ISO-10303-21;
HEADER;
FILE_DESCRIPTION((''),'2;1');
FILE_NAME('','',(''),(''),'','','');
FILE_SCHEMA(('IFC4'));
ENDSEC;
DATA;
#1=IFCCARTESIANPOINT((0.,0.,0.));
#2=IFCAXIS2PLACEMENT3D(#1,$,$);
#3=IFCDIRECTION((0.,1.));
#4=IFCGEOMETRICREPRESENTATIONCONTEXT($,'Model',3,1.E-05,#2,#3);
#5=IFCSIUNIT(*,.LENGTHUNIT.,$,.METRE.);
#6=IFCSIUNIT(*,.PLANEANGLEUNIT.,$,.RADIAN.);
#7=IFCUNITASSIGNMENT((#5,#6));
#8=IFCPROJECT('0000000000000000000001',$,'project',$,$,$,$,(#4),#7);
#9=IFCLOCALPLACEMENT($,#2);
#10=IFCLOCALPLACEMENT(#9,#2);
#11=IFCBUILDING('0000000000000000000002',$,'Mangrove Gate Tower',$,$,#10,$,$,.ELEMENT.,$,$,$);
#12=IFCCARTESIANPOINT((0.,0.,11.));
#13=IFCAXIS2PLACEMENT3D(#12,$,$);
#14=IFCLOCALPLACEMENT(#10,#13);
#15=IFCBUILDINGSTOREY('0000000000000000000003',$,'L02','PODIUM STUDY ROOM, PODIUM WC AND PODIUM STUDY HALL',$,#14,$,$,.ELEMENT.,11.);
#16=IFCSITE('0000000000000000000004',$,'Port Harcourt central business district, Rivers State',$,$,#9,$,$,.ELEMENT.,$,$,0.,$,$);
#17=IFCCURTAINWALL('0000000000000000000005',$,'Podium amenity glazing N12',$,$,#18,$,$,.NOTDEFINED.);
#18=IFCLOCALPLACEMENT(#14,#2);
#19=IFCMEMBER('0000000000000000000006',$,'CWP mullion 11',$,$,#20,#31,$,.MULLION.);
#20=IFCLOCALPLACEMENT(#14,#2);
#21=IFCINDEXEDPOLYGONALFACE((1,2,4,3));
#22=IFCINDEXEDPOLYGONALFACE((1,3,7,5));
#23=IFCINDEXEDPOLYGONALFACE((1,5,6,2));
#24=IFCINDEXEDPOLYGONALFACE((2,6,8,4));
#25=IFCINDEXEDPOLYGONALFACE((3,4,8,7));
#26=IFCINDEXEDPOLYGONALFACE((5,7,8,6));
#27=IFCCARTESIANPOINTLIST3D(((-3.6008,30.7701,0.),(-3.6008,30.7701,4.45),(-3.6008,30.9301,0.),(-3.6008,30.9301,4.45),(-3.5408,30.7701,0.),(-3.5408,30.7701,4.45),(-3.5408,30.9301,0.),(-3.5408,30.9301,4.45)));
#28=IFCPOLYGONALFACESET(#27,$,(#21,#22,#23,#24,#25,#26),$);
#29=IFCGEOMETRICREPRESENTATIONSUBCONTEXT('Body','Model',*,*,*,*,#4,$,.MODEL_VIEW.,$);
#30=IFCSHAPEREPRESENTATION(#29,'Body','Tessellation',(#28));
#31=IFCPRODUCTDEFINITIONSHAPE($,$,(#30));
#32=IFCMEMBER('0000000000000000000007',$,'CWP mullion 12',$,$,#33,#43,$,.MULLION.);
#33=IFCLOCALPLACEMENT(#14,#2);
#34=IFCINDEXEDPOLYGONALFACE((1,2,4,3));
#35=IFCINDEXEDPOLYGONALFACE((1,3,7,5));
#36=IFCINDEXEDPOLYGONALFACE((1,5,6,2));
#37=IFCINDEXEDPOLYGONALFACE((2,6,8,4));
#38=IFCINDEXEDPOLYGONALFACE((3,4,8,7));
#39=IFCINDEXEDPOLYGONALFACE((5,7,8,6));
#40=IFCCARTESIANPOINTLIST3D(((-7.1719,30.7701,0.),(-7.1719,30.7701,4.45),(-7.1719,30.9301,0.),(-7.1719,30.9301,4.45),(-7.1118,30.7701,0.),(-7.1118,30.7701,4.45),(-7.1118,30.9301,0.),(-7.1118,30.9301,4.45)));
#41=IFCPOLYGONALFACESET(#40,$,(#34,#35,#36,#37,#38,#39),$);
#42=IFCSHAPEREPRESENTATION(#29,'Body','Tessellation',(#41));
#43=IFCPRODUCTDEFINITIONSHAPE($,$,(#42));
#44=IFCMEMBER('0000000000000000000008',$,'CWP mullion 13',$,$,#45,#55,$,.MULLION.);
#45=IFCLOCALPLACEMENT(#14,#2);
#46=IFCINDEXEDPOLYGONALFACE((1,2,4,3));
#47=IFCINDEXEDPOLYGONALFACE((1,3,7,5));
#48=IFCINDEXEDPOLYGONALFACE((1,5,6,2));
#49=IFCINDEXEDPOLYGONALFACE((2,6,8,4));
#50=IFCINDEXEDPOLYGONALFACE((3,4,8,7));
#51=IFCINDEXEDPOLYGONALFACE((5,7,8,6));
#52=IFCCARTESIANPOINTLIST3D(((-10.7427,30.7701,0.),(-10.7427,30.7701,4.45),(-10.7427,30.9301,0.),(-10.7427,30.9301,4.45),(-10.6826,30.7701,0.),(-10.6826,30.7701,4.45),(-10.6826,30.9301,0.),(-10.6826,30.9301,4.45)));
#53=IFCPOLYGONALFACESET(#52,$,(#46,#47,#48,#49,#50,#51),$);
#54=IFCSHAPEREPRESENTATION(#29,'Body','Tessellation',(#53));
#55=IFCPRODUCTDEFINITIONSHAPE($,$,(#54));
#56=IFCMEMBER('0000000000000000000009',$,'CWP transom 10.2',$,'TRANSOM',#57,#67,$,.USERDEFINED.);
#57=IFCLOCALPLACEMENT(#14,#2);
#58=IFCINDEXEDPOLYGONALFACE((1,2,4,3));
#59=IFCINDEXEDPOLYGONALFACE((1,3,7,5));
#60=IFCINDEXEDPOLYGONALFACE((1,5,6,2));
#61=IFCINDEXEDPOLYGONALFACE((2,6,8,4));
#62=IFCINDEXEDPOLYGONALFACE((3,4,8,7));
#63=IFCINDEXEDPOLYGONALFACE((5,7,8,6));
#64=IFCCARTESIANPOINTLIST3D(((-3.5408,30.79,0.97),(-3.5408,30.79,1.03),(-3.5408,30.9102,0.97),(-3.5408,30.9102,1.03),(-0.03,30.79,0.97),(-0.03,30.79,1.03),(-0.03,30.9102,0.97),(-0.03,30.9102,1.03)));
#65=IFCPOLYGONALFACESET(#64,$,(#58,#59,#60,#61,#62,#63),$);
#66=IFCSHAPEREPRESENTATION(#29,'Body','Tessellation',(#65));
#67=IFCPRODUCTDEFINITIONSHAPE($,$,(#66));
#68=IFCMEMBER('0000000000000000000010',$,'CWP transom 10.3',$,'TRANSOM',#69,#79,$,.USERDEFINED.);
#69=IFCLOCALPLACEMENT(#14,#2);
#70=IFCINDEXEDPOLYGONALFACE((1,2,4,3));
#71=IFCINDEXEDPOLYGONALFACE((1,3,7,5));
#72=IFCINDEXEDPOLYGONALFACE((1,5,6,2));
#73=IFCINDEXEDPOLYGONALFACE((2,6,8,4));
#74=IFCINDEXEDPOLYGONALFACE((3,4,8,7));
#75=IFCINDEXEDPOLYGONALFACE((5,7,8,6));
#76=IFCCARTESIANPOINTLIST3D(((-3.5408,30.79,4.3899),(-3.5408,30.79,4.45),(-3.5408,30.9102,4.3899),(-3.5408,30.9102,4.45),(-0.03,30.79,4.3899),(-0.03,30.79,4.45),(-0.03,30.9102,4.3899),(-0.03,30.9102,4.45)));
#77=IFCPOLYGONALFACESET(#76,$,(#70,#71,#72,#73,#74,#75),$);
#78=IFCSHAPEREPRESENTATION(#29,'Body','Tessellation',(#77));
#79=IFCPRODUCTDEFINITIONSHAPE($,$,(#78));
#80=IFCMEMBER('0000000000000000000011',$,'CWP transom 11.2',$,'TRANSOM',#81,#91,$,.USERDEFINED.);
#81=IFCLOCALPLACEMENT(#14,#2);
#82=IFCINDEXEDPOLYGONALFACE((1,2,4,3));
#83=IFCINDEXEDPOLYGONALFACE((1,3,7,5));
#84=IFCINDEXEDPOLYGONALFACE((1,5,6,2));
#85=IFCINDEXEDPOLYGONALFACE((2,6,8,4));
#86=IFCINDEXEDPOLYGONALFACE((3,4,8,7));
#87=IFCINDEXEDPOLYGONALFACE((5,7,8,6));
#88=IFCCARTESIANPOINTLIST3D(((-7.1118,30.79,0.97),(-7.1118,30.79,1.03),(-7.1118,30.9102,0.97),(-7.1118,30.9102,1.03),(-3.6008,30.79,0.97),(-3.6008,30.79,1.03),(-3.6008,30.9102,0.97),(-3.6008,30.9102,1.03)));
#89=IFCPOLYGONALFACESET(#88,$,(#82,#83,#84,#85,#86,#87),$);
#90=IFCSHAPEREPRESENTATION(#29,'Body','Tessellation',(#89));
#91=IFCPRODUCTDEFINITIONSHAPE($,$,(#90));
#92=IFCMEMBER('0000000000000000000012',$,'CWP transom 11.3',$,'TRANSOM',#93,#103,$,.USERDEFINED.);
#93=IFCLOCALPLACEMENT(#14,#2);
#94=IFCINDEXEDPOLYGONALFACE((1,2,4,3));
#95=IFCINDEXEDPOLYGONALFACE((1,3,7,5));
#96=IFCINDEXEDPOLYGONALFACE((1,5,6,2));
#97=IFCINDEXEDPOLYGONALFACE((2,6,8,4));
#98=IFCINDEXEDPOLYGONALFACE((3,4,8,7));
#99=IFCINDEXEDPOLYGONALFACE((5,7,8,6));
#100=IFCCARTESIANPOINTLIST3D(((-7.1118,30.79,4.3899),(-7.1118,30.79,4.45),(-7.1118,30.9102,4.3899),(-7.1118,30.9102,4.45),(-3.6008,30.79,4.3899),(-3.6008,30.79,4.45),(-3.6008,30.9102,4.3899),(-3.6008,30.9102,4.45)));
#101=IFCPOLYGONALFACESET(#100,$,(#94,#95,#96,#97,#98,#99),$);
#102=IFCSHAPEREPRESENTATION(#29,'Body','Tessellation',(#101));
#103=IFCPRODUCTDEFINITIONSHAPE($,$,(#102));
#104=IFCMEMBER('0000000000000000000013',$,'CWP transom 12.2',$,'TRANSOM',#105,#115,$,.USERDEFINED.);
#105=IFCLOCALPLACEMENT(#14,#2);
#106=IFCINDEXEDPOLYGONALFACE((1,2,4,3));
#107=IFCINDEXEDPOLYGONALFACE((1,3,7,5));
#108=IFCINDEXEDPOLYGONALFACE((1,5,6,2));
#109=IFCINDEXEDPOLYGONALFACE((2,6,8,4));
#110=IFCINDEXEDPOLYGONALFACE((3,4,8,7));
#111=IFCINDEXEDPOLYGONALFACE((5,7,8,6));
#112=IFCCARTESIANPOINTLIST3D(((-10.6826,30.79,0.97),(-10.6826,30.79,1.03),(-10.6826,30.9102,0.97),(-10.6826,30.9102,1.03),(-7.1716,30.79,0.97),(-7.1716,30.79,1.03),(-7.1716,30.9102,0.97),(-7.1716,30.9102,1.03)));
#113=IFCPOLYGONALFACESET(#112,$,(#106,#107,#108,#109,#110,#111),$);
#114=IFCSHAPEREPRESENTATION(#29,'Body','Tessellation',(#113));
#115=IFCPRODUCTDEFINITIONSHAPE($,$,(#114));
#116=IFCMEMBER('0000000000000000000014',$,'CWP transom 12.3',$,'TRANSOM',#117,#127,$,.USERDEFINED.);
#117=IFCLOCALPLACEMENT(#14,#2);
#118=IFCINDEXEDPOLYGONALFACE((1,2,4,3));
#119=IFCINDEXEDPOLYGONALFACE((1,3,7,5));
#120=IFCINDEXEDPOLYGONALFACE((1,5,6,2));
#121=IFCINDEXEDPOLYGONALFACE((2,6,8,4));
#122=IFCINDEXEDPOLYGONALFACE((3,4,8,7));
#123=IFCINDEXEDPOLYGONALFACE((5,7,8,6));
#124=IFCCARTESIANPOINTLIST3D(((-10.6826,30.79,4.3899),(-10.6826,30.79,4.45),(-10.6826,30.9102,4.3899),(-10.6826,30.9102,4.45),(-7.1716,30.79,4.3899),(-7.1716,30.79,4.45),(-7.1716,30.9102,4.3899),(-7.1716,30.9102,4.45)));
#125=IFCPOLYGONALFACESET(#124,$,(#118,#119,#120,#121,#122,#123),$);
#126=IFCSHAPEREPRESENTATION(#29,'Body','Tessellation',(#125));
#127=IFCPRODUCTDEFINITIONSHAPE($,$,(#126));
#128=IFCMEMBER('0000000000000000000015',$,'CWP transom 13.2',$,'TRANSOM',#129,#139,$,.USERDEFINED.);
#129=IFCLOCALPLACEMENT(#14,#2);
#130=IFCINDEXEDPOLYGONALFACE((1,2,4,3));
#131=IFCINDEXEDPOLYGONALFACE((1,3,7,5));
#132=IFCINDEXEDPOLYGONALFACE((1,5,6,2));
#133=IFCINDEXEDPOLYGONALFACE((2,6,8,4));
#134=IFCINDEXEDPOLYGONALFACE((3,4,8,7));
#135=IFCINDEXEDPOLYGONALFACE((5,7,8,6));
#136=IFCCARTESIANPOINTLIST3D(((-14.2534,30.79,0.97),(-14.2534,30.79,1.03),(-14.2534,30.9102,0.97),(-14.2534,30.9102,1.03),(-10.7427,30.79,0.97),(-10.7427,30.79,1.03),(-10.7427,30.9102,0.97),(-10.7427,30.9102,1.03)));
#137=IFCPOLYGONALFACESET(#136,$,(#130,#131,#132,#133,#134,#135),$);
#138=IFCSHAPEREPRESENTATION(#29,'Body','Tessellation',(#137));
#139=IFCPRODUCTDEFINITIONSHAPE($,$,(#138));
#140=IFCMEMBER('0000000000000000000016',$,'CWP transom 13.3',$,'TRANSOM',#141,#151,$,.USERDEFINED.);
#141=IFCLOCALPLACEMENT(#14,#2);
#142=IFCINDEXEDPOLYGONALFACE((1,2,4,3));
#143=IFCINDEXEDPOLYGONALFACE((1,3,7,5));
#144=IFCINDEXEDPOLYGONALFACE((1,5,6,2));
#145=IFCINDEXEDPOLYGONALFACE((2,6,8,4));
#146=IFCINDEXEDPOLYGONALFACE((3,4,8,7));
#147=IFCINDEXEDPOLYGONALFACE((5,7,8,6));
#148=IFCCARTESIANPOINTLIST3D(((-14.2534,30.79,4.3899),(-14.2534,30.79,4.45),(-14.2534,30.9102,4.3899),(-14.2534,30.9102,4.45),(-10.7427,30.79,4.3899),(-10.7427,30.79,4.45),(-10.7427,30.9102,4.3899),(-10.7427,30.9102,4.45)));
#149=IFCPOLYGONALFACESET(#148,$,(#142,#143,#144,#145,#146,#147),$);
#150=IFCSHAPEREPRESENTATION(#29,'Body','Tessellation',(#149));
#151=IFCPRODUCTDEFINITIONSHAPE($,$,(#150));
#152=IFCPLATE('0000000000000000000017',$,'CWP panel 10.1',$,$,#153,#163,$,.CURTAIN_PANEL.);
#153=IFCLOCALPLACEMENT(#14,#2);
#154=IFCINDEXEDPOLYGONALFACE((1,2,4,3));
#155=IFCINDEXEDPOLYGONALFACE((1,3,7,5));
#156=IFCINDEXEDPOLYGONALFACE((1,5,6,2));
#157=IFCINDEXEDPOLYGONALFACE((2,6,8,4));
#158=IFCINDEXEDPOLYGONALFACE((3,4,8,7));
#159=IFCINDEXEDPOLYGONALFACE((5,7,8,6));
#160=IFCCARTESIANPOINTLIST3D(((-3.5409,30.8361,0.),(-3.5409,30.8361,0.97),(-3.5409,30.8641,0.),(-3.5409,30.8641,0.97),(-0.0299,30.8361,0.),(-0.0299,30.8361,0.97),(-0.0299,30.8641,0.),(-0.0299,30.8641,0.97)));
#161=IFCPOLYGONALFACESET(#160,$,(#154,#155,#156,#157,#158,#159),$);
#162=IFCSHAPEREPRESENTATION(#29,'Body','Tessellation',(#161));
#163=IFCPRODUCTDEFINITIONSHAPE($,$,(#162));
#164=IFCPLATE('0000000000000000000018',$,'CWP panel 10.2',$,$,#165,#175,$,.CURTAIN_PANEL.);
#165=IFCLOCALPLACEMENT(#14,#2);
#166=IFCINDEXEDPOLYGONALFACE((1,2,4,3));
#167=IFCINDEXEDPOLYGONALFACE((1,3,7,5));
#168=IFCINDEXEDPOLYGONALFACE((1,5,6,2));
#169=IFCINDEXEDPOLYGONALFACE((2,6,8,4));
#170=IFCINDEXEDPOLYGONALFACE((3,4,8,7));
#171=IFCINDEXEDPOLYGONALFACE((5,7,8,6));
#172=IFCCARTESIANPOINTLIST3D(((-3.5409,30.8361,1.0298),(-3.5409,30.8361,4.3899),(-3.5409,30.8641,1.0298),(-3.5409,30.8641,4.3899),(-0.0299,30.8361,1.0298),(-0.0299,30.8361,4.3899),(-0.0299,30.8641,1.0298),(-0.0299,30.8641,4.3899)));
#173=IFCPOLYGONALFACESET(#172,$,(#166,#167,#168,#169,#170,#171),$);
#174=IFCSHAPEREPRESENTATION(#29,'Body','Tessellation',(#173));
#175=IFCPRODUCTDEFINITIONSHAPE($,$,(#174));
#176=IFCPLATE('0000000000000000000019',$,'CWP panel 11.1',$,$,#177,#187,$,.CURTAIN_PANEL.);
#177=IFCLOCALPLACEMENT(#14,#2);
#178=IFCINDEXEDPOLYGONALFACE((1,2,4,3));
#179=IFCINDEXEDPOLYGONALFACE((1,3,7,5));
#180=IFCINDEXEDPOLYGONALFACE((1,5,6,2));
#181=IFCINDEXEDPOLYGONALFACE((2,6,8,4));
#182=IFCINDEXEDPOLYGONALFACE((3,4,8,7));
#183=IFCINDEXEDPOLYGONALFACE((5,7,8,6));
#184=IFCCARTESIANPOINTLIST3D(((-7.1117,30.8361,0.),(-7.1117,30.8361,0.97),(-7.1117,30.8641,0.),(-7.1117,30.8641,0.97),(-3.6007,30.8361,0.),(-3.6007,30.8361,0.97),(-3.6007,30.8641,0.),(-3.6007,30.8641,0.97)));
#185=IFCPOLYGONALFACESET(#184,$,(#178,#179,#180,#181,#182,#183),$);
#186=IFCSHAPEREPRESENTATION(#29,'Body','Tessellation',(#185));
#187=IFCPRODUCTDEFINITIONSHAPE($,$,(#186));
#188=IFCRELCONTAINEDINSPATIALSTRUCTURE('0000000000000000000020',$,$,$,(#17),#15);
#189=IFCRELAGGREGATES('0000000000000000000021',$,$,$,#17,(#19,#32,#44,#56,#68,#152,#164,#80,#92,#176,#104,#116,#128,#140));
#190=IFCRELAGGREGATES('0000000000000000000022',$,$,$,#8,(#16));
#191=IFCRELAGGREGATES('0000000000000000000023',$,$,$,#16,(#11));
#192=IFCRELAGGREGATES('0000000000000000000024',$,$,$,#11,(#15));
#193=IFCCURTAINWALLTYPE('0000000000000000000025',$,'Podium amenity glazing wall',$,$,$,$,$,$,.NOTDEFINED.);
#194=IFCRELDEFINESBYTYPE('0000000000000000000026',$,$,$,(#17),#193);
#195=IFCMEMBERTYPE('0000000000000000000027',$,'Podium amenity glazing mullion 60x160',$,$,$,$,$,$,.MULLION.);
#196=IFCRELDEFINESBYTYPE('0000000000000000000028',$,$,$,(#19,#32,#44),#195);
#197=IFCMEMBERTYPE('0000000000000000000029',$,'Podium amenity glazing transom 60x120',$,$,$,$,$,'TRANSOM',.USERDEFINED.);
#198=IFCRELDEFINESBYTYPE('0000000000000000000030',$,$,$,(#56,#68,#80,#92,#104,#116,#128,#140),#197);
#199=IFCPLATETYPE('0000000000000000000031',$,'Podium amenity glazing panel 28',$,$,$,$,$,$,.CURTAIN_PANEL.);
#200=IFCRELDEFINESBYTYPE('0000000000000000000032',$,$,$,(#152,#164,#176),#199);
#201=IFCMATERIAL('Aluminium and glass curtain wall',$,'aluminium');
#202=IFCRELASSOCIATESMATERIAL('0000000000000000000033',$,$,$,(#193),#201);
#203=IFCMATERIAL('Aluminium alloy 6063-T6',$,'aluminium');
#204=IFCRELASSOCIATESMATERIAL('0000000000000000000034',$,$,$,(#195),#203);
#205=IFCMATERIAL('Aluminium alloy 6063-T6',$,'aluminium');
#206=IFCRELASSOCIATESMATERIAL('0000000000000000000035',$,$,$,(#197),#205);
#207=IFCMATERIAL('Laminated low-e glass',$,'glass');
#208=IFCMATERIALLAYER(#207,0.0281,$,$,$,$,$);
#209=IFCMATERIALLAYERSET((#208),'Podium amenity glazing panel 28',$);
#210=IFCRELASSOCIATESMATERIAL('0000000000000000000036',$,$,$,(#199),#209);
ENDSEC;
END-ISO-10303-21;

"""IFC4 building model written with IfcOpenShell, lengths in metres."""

from ifc_helpers import new_model, si_unit, direction, frame, origin, origin_2d, place, context, subcontext, project, spatial, rectangle, extrude, material, layer, layer_set, material_profile, profile_set, type_object, element, aggregate, save


model = new_model("IFC4")

# Units and contexts
model_context = context("Model", 3, precision=1e-05, world=origin(), true_north=direction((0.0, 1.0)))
body_context = subcontext(model_context, "Body", "Model", "MODEL_VIEW")
ifc_project = project(units=[si_unit("LENGTHUNIT", "METRE"), si_unit("PLANEANGLEUNIT", "RADIAN")], contexts=[model_context])

# Site, building, storey
site_placement = place(None, origin())
site = spatial("IfcSite", under=ifc_project, at=site_placement, Name="Port Harcourt central business district, Rivers State", CompositionType="ELEMENT", RefElevation=0.0)
building_placement = place(site_placement, origin())
building = spatial("IfcBuilding", under=site, at=building_placement, Name="Mangrove Gate Tower", CompositionType="ELEMENT")
storey_placement = place(building_placement, frame((0.0, 0.0, 11.0)))
storey = spatial("IfcBuildingStorey", under=building, at=storey_placement, Name="L02", Description="PODIUM STUDY ROOM, PODIUM WC AND PODIUM STUDY HALL", CompositionType="ELEMENT", Elevation=11.0)

# Curtain wall, members, plates
ifc_material_1 = material(Name="Aluminium and glass curtain wall", Category="aluminium")
curtain_wall_type = type_object("IfcCurtainWallType", Name="Podium amenity glazing wall", PredefinedType="NOTDEFINED", material=ifc_material_1)
curtain_wall_placement = place(storey_placement, origin())
curtain_wall = element("IfcCurtainWall", 1, at=curtain_wall_placement, inside=storey, type_object=curtain_wall_type, Name="Podium amenity glazing N12", PredefinedType="NOTDEFINED")
ifc_material_2 = material(Name="Aluminium alloy 6063-T6", Category="aluminium")
ifc_material_profile_1 = material_profile(ifc_material_2, rectangle(XDim=0.0601, YDim=0.1599, at=origin_2d()))
ifc_profile_set_1 = profile_set([ifc_material_profile_1], Name="Aluminium alloy 6063-T6")
member_type_1 = type_object("IfcMemberType", Name="Podium amenity glazing mullion 60x160", PredefinedType="MULLION", material=ifc_profile_set_1)
member_1_placement = place(storey_placement, frame((-3.5708, 30.8501, 0.0), z_axis=(0.0, 0.0, 1.0), x_axis=(-1.0, 0.0, 0.0)))
member_1 = element("IfcMember", 2, at=member_1_placement, type_object=member_type_1, Name="CWP mullion 11", PredefinedType="MULLION", context=body_context, shape_type="SweptSolid", body=[
    extrude(rectangle(XDim=0.0601, YDim=0.1599, at=origin_2d()), origin(), (0.0, 0.0, 1.0), 4.45),
])
member_2_placement = place(storey_placement, frame((-7.1418, 30.8501, 0.0), z_axis=(0.0, 0.0, 1.0), x_axis=(-1.0, 0.0, 0.0)))
member_2 = element("IfcMember", 3, at=member_2_placement, type_object=member_type_1, Name="CWP mullion 12", PredefinedType="MULLION", context=body_context, shape_type="SweptSolid", body=[
    extrude(rectangle(XDim=0.0601, YDim=0.1599, at=origin_2d()), origin(), (0.0, 0.0, 1.0), 4.45),
])
member_3_placement = place(storey_placement, frame((-10.7126, 30.8501, 0.0), z_axis=(0.0, 0.0, 1.0), x_axis=(-1.0, 0.0, 0.0)))
member_3 = element("IfcMember", 4, at=member_3_placement, type_object=member_type_1, Name="CWP mullion 13", PredefinedType="MULLION", context=body_context, shape_type="SweptSolid", body=[
    extrude(rectangle(XDim=0.0601, YDim=0.1599, at=origin_2d()), origin(), (0.0, 0.0, 1.0), 4.45),
])
ifc_material_3 = material(Name="Aluminium alloy 6063-T6", Category="aluminium")
ifc_material_profile_2 = material_profile(ifc_material_3, rectangle(XDim=0.0601, YDim=0.1201, at=origin_2d()))
ifc_profile_set_2 = profile_set([ifc_material_profile_2], Name="Aluminium alloy 6063-T6")
member_type_2 = type_object("IfcMemberType", Name="Podium amenity glazing transom 60x120", ElementType="TRANSOM", PredefinedType="USERDEFINED", material=ifc_profile_set_2)
member_4_placement = place(storey_placement, frame((-0.03, 30.8501, 1.0), z_axis=(-1.0, 0.0, 0.0), x_axis=(0.0, 0.0, 1.0)))
member_4 = element("IfcMember", 5, at=member_4_placement, type_object=member_type_2, Name="CWP transom 10.2", ObjectType="TRANSOM", PredefinedType="USERDEFINED", context=body_context, shape_type="SweptSolid", body=[
    extrude(rectangle(XDim=0.0601, YDim=0.1201, at=origin_2d()), origin(), (0.0, 0.0, 1.0), 3.5107),
])
member_5_placement = place(storey_placement, frame((-0.03, 30.8501, 4.4199), z_axis=(-1.0, 0.0, 0.0), x_axis=(0.0, 0.0, 1.0)))
member_5 = element("IfcMember", 6, at=member_5_placement, type_object=member_type_2, Name="CWP transom 10.3", ObjectType="TRANSOM", PredefinedType="USERDEFINED", context=body_context, shape_type="SweptSolid", body=[
    extrude(rectangle(XDim=0.0601, YDim=0.1201, at=origin_2d()), origin(), (0.0, 0.0, 1.0), 3.5107),
])
member_6_placement = place(storey_placement, frame((-3.6008, 30.8501, 1.0), z_axis=(-1.0, 0.0, 0.0), x_axis=(0.0, 0.0, 1.0)))
member_6 = element("IfcMember", 7, at=member_6_placement, type_object=member_type_2, Name="CWP transom 11.2", ObjectType="TRANSOM", PredefinedType="USERDEFINED", context=body_context, shape_type="SweptSolid", body=[
    extrude(rectangle(XDim=0.0601, YDim=0.1201, at=origin_2d()), origin(), (0.0, 0.0, 1.0), 3.511),
])
member_7_placement = place(storey_placement, frame((-3.6008, 30.8501, 4.4199), z_axis=(-1.0, 0.0, 0.0), x_axis=(0.0, 0.0, 1.0)))
member_7 = element("IfcMember", 8, at=member_7_placement, type_object=member_type_2, Name="CWP transom 11.3", ObjectType="TRANSOM", PredefinedType="USERDEFINED", context=body_context, shape_type="SweptSolid", body=[
    extrude(rectangle(XDim=0.0601, YDim=0.1201, at=origin_2d()), origin(), (0.0, 0.0, 1.0), 3.511),
])
member_8_placement = place(storey_placement, frame((-7.1716, 30.8501, 1.0), z_axis=(-1.0, 0.0, 0.0), x_axis=(0.0, 0.0, 1.0)))
member_8 = element("IfcMember", 9, at=member_8_placement, type_object=member_type_2, Name="CWP transom 12.2", ObjectType="TRANSOM", PredefinedType="USERDEFINED", context=body_context, shape_type="SweptSolid", body=[
    extrude(rectangle(XDim=0.0601, YDim=0.1201, at=origin_2d()), origin(), (0.0, 0.0, 1.0), 3.511),
])
member_9_placement = place(storey_placement, frame((-7.1716, 30.8501, 4.4199), z_axis=(-1.0, 0.0, 0.0), x_axis=(0.0, 0.0, 1.0)))
member_9 = element("IfcMember", 10, at=member_9_placement, type_object=member_type_2, Name="CWP transom 12.3", ObjectType="TRANSOM", PredefinedType="USERDEFINED", context=body_context, shape_type="SweptSolid", body=[
    extrude(rectangle(XDim=0.0601, YDim=0.1201, at=origin_2d()), origin(), (0.0, 0.0, 1.0), 3.511),
])
member_10_placement = place(storey_placement, frame((-10.7427, 30.8501, 1.0), z_axis=(-1.0, 0.0, 0.0), x_axis=(0.0, 0.0, 1.0)))
member_10 = element("IfcMember", 11, at=member_10_placement, type_object=member_type_2, Name="CWP transom 13.2", ObjectType="TRANSOM", PredefinedType="USERDEFINED", context=body_context, shape_type="SweptSolid", body=[
    extrude(rectangle(XDim=0.0601, YDim=0.1201, at=origin_2d()), origin(), (0.0, 0.0, 1.0), 3.5107),
])
member_11_placement = place(storey_placement, frame((-10.7427, 30.8501, 4.4199), z_axis=(-1.0, 0.0, 0.0), x_axis=(0.0, 0.0, 1.0)))
member_11 = element("IfcMember", 12, at=member_11_placement, type_object=member_type_2, Name="CWP transom 13.3", ObjectType="TRANSOM", PredefinedType="USERDEFINED", context=body_context, shape_type="SweptSolid", body=[
    extrude(rectangle(XDim=0.0601, YDim=0.1201, at=origin_2d()), origin(), (0.0, 0.0, 1.0), 3.5107),
])
ifc_material_4 = material(Name="Laminated low-e glass", Category="glass")
ifc_layer = layer(ifc_material_4, 0.0281)
ifc_layer_set = layer_set([ifc_layer], Name="Podium amenity glazing panel 28")
plate_type = type_object("IfcPlateType", Name="Podium amenity glazing panel 28", PredefinedType="CURTAIN_PANEL", material=ifc_layer_set)
plate_1_placement = place(storey_placement, frame((-1.7854, 30.8501, 0.0), z_axis=(0.0, 0.0, 1.0), x_axis=(-1.0, 0.0, 0.0)))
plate_1 = element("IfcPlate", 13, at=plate_1_placement, type_object=plate_type, Name="CWP panel 10.1", PredefinedType="CURTAIN_PANEL", context=body_context, shape_type="SweptSolid", body=[
    extrude(rectangle(XDim=3.511, YDim=0.0281, at=origin_2d()), origin(), (0.0, 0.0, 1.0), 0.97),
])
plate_2_placement = place(storey_placement, frame((-1.7854, 30.8501, 1.0298), z_axis=(0.0, 0.0, 1.0), x_axis=(-1.0, 0.0, 0.0)))
plate_2 = element("IfcPlate", 14, at=plate_2_placement, type_object=plate_type, Name="CWP panel 10.2", PredefinedType="CURTAIN_PANEL", context=body_context, shape_type="SweptSolid", body=[
    extrude(rectangle(XDim=3.511, YDim=0.0281, at=origin_2d()), origin(), (0.0, 0.0, 1.0), 3.3601),
])
plate_3_placement = place(storey_placement, frame((-5.3562, 30.8501, 0.0), z_axis=(0.0, 0.0, 1.0), x_axis=(-1.0, 0.0, 0.0)))
plate_3 = element("IfcPlate", 15, at=plate_3_placement, type_object=plate_type, Name="CWP panel 11.1", PredefinedType="CURTAIN_PANEL", context=body_context, shape_type="SweptSolid", body=[
    extrude(rectangle(XDim=3.511, YDim=0.0281, at=origin_2d()), origin(), (0.0, 0.0, 1.0), 0.97),
])
aggregate(curtain_wall, [member_1, member_2, member_3, member_4, member_5, plate_1, plate_2, member_6, member_7, plate_3, member_8, member_9, member_10, member_11])

save(model, "model.ifc")
